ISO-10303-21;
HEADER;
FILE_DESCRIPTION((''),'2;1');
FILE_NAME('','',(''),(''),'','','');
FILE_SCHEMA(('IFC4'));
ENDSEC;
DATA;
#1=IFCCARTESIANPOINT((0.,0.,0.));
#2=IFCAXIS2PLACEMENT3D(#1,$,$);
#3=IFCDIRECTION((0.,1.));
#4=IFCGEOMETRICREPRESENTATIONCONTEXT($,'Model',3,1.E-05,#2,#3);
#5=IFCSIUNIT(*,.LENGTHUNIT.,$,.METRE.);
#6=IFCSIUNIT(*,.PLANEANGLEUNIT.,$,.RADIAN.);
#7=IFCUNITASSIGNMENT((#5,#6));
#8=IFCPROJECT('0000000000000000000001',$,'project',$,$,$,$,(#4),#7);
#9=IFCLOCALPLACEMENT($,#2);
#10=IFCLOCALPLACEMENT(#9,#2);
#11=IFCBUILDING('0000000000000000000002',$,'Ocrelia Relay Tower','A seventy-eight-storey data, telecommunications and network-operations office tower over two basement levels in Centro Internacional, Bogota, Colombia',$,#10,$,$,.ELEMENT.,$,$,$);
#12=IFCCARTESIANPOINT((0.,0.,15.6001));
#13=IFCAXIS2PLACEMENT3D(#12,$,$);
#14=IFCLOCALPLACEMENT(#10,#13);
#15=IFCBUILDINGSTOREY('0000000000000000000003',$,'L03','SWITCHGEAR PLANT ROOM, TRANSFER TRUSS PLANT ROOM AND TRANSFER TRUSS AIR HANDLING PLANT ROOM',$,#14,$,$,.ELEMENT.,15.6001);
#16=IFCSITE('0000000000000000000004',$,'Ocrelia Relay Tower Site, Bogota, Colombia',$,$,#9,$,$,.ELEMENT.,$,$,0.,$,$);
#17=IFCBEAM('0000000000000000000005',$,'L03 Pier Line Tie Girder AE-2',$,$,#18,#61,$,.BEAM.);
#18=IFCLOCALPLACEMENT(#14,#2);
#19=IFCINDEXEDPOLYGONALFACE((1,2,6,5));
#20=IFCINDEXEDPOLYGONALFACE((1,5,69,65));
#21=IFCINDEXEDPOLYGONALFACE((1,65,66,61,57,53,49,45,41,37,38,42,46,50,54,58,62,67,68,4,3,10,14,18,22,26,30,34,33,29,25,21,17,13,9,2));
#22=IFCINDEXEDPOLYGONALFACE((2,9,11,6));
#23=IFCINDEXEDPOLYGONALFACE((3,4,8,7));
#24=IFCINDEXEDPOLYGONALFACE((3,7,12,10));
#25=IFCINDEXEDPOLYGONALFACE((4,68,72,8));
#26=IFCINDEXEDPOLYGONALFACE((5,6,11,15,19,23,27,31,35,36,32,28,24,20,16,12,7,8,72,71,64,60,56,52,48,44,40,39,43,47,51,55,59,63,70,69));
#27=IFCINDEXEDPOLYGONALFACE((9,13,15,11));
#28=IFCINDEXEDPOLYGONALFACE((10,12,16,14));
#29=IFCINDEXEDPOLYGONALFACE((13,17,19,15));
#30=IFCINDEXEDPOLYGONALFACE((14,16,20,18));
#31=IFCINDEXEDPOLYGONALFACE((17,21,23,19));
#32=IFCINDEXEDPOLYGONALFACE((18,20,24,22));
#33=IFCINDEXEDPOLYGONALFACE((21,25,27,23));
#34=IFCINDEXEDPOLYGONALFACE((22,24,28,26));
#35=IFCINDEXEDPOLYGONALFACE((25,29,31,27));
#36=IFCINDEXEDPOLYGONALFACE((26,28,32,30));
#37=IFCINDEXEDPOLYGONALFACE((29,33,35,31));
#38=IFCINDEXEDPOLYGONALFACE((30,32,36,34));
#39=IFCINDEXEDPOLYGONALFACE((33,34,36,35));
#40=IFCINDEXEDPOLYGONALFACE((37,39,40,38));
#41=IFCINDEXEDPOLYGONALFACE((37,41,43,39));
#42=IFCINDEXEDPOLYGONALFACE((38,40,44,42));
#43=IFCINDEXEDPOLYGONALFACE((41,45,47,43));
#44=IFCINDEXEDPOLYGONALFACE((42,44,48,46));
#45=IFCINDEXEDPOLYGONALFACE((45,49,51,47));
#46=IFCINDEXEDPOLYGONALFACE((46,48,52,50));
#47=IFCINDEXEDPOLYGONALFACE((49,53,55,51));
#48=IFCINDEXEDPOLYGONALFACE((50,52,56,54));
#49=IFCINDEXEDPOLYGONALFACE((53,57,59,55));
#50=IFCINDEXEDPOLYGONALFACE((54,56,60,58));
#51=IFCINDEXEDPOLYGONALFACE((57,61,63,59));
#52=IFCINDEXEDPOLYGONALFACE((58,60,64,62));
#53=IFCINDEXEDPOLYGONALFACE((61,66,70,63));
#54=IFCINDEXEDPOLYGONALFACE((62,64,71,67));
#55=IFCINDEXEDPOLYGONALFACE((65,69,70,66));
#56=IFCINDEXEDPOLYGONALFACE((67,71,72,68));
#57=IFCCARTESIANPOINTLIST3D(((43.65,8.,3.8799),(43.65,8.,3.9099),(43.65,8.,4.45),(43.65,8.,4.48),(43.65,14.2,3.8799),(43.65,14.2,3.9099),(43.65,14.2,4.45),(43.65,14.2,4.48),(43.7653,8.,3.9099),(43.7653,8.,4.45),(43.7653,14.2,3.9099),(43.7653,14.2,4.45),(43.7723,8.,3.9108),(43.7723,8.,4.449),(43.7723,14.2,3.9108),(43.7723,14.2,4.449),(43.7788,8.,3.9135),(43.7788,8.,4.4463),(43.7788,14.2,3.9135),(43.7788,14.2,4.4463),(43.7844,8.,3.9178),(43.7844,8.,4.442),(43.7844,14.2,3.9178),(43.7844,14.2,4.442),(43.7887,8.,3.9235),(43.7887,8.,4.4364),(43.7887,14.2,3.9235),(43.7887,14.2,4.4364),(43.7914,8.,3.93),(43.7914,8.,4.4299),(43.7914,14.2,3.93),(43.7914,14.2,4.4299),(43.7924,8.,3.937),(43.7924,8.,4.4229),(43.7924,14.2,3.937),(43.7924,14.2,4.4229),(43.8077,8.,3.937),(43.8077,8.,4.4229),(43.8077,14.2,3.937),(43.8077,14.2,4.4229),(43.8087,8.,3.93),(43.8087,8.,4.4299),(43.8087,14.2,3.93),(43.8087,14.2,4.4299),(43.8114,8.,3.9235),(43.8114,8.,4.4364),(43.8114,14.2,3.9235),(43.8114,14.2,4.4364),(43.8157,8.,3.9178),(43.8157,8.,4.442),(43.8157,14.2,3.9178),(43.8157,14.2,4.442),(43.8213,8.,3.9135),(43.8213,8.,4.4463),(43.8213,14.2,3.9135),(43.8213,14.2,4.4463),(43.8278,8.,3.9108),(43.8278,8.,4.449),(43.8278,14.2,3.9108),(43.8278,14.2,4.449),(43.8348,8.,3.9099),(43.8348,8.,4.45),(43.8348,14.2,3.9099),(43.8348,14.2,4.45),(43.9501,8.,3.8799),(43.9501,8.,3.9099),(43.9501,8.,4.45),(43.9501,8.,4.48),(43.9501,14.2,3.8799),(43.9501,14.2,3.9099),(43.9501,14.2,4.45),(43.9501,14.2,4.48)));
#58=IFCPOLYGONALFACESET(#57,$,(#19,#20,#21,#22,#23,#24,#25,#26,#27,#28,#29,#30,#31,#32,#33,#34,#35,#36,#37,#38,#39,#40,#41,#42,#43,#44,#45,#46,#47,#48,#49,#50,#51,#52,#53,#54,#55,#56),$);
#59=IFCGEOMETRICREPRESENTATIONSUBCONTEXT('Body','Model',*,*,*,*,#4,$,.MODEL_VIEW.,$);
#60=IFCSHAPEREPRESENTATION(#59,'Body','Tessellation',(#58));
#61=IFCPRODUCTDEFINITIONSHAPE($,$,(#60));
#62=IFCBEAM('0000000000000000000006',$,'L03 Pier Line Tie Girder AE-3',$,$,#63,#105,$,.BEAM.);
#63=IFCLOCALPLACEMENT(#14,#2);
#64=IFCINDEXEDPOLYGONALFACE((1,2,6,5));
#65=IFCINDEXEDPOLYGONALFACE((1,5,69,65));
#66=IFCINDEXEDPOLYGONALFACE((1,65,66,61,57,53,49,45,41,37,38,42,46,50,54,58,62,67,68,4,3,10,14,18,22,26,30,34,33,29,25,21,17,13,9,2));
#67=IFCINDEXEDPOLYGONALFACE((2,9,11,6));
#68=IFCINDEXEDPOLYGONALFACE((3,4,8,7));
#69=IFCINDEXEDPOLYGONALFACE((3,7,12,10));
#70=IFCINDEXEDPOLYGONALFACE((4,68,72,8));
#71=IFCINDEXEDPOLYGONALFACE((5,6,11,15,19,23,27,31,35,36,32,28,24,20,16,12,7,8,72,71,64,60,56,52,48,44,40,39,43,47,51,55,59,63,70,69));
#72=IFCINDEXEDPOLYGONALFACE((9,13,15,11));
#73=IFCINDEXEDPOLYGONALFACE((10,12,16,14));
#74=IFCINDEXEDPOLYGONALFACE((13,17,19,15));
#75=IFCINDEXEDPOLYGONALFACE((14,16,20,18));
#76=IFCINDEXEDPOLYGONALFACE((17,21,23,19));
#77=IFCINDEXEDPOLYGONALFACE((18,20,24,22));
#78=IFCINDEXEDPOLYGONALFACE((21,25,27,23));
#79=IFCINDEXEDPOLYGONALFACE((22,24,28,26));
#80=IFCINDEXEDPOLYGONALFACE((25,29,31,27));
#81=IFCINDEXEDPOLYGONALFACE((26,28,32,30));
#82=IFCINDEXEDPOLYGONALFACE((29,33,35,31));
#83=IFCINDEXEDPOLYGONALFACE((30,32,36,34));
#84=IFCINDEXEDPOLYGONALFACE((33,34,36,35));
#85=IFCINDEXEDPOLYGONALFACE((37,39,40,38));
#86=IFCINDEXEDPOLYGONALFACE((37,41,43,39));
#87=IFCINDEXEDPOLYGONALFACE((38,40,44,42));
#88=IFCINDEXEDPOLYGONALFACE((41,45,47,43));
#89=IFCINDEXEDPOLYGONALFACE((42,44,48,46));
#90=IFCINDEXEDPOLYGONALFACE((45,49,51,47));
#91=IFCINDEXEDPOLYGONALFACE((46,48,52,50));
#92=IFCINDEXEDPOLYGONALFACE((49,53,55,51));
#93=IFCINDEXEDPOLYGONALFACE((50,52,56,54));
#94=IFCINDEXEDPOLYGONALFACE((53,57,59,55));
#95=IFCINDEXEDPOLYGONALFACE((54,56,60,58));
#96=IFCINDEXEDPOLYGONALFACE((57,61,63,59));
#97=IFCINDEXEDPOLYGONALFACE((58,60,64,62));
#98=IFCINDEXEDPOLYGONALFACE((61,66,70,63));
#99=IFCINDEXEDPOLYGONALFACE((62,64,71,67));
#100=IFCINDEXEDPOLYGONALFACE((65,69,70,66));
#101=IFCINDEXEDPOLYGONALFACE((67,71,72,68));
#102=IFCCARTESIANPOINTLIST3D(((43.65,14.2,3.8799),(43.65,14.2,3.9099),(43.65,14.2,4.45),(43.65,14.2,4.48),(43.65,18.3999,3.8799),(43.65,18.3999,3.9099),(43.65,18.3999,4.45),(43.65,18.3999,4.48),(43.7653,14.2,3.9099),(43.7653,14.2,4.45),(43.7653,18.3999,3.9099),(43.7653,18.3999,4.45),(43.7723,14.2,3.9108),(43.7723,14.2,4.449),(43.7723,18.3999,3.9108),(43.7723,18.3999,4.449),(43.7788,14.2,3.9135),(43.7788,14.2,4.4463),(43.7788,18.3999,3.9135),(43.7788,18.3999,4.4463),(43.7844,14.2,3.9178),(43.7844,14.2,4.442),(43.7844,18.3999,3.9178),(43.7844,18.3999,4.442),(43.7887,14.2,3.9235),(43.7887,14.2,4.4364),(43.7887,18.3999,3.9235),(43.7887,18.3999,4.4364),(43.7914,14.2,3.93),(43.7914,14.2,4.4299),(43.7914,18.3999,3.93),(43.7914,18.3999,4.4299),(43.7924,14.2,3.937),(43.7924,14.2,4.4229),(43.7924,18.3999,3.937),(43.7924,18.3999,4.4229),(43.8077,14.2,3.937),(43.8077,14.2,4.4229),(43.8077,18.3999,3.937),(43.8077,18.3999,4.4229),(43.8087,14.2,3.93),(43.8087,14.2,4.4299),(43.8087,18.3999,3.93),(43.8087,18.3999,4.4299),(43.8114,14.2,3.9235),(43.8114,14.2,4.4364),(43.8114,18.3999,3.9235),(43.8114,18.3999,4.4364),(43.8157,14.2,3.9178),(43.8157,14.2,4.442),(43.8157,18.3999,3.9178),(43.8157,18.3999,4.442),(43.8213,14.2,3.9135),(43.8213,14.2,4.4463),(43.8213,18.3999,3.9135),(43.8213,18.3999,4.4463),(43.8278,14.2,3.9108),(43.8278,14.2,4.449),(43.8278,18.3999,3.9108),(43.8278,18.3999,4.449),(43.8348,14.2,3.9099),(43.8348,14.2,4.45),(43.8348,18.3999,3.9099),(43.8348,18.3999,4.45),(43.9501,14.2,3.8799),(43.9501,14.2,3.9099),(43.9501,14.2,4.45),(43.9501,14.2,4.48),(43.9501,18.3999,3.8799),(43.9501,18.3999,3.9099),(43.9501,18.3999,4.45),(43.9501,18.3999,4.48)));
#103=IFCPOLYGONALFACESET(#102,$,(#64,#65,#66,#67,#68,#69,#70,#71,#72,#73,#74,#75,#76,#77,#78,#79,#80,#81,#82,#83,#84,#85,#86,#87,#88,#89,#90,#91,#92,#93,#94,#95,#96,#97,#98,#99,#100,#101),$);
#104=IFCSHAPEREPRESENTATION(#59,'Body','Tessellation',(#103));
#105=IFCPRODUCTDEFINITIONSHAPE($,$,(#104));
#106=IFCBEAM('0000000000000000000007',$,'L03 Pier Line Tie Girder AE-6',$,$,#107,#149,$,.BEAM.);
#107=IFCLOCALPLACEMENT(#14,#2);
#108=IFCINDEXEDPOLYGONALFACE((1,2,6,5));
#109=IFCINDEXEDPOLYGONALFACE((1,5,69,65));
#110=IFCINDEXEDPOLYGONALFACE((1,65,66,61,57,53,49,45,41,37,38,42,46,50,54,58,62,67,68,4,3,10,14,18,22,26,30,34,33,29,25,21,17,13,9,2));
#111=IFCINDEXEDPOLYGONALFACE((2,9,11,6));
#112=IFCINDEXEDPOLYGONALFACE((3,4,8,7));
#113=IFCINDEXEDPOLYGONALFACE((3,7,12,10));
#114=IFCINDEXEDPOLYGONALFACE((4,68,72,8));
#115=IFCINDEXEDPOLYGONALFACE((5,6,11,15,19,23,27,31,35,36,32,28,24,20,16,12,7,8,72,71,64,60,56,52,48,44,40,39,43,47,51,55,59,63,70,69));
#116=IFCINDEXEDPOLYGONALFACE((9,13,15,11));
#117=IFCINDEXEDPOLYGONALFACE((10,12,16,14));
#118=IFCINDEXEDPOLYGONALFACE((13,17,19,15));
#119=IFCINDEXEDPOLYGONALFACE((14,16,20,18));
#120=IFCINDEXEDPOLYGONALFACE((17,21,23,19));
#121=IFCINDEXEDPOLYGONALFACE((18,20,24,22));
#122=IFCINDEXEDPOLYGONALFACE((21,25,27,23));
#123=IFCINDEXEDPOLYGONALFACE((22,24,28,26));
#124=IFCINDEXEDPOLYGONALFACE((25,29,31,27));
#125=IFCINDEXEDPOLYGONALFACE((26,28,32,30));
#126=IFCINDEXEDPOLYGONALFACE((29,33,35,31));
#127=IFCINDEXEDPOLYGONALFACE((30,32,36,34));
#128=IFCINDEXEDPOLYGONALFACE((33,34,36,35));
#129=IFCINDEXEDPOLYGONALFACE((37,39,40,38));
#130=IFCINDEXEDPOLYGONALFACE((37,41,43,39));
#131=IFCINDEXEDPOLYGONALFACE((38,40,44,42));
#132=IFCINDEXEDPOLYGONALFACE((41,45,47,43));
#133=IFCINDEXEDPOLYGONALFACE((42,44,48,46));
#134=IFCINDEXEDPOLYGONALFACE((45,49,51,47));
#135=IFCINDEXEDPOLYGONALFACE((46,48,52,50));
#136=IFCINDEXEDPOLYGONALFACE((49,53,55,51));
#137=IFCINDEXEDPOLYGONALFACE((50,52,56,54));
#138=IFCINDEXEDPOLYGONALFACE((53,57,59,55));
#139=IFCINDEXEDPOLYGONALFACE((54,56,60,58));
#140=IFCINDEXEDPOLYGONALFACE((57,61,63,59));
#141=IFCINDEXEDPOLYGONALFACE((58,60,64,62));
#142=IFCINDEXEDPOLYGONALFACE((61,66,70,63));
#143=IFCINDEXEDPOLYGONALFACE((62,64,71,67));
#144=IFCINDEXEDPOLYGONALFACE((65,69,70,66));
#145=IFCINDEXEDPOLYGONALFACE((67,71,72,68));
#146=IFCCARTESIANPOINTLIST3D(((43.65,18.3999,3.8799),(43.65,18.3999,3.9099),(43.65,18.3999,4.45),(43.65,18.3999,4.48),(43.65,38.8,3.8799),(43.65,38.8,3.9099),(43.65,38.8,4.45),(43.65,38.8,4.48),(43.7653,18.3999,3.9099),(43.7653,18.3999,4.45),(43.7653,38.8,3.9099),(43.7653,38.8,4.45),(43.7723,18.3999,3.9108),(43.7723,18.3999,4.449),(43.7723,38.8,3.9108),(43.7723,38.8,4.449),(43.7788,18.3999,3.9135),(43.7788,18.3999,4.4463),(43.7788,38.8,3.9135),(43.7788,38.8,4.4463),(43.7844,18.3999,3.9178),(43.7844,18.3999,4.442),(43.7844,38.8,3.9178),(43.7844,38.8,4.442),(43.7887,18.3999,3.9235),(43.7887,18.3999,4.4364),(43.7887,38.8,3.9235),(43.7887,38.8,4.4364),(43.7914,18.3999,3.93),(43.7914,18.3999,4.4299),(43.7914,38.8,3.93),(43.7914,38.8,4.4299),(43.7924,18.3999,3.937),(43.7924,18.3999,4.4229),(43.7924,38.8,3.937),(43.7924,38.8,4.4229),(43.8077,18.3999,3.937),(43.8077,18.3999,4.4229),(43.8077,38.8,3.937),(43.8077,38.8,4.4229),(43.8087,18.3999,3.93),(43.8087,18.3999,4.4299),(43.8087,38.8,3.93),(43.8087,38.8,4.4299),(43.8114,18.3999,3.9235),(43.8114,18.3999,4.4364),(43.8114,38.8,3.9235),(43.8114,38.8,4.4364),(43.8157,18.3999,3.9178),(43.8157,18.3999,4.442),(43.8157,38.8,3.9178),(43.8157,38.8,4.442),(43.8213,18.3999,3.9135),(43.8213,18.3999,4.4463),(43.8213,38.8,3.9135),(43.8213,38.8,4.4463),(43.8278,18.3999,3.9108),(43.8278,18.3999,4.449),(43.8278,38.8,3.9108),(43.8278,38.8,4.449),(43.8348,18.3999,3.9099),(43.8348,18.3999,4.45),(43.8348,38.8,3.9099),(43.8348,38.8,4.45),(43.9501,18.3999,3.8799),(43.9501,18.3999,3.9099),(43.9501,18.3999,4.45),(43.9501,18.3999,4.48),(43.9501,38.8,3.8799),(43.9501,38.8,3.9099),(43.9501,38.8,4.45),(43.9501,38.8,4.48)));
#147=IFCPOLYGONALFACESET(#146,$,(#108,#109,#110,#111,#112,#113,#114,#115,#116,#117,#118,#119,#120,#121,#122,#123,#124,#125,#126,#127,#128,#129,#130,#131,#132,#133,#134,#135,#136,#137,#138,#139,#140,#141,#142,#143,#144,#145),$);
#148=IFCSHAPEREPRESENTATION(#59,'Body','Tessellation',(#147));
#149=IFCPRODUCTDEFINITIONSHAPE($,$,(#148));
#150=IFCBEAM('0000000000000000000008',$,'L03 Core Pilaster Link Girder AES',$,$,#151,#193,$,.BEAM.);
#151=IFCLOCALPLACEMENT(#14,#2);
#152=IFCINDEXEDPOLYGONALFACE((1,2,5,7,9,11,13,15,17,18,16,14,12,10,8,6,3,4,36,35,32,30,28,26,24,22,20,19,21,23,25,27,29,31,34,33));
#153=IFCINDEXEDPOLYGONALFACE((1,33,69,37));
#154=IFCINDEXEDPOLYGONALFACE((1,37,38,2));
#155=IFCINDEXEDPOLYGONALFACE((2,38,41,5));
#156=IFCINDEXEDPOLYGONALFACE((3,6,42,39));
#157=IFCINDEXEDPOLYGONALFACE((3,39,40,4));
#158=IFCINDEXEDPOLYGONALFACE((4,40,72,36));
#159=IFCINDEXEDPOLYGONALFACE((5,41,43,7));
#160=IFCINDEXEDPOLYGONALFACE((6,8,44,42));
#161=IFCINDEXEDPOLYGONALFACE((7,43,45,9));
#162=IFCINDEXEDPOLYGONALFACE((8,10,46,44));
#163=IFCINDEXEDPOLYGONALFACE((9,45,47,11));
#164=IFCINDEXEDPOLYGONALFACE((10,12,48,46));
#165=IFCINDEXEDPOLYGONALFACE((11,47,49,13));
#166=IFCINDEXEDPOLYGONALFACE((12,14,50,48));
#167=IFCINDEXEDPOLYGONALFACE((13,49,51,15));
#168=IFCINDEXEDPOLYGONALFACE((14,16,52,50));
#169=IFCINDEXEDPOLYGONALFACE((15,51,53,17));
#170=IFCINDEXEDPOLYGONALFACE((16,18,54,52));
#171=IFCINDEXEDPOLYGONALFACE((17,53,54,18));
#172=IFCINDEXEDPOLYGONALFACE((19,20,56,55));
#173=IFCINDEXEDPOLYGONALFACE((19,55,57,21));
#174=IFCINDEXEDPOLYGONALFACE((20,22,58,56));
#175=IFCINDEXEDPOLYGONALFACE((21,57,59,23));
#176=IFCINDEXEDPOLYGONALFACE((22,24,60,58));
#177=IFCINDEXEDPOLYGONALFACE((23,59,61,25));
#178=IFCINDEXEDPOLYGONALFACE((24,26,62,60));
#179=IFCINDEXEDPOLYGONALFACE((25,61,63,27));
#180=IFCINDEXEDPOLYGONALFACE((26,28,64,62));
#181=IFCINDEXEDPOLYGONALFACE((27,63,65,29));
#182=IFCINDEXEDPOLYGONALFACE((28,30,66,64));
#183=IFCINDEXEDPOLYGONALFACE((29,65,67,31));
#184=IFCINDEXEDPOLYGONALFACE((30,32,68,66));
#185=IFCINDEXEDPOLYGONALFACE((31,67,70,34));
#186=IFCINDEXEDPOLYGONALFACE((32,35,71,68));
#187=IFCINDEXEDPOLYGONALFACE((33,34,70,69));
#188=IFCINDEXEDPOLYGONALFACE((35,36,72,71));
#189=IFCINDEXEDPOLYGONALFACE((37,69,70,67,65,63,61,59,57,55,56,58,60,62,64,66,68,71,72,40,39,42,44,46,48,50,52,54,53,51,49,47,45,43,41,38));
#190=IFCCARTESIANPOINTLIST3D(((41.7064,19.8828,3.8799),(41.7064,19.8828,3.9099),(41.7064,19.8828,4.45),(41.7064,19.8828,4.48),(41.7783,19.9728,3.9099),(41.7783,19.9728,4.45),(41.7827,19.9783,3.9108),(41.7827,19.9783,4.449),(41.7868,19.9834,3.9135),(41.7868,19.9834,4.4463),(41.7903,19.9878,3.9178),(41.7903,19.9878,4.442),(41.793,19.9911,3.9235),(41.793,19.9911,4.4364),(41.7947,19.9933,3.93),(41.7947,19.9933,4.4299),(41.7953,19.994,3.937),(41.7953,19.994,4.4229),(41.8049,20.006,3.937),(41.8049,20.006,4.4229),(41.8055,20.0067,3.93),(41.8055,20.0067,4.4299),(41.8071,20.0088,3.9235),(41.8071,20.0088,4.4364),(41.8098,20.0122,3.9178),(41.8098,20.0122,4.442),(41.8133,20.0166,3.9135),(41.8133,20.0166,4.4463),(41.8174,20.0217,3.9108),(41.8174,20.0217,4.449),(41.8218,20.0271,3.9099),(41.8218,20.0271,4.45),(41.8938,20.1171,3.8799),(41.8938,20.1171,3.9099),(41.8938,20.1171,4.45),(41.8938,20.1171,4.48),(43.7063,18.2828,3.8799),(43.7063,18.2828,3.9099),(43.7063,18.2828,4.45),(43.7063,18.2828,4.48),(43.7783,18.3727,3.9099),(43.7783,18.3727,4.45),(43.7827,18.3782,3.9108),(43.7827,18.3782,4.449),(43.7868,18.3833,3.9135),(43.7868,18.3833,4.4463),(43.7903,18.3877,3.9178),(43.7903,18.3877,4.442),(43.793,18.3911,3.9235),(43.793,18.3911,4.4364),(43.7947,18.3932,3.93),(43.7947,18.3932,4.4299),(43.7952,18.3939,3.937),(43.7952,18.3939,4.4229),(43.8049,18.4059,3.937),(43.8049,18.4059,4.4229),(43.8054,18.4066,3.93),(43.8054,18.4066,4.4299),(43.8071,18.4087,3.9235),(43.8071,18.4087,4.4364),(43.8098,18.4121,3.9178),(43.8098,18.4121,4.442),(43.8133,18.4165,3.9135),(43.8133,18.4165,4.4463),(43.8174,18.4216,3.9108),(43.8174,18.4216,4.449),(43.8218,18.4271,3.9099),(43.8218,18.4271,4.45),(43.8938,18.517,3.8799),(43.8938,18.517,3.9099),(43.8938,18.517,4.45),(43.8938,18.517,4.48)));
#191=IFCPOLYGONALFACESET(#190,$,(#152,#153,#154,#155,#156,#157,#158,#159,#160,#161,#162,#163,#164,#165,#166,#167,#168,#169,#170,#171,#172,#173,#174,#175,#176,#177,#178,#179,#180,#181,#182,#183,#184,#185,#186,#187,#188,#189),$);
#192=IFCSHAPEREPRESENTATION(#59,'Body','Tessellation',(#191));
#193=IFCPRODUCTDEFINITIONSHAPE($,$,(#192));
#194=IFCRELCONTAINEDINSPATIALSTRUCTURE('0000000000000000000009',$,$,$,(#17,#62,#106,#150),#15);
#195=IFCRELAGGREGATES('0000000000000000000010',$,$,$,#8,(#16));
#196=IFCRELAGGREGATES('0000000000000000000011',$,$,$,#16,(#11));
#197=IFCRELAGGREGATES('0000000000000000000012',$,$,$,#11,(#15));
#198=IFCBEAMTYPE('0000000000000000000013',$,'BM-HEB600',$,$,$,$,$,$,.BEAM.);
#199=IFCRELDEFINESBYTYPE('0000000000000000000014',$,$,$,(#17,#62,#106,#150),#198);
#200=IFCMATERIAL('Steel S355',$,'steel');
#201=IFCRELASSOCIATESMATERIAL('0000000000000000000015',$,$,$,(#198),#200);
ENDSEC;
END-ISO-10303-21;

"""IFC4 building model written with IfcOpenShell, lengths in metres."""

from ifc_helpers import new_model, si_unit, direction, frame, origin, origin_2d, place, context, subcontext, project, spatial, i_section, extrude, material, material_profile, profile_set, type_object, element, save


model = new_model("IFC4")

# Units and contexts
model_context = context("Model", 3, precision=1e-05, world=origin(), true_north=direction((0.0, 1.0)))
body_context = subcontext(model_context, "Body", "Model", "MODEL_VIEW")
ifc_project = project(units=[si_unit("LENGTHUNIT", "METRE"), si_unit("PLANEANGLEUNIT", "RADIAN")], contexts=[model_context])

# Site, building, storey
site_placement = place(None, origin())
site = spatial("IfcSite", under=ifc_project, at=site_placement, Name="Ocrelia Relay Tower Site, Bogota, Colombia", CompositionType="ELEMENT", RefElevation=0.0)
building_placement = place(site_placement, origin())
building = spatial("IfcBuilding", under=site, at=building_placement, Name="Ocrelia Relay Tower", Description="A seventy-eight-storey data, telecommunications and network-operations office tower over two basement levels in Centro Internacional, Bogota, Colombia", CompositionType="ELEMENT")
storey_placement = place(building_placement, frame((0.0, 0.0, 15.6001)))
storey = spatial("IfcBuildingStorey", under=building, at=storey_placement, Name="L03", Description="SWITCHGEAR PLANT ROOM, TRANSFER TRUSS PLANT ROOM AND TRANSFER TRUSS AIR HANDLING PLANT ROOM", CompositionType="ELEMENT", Elevation=15.6001)

# Beams
ifc_material_1 = material(Name="Steel S355", Category="steel")
ifc_material_profile_1 = material_profile(ifc_material_1, i_section(OverallWidth=0.3, OverallDepth=0.6001, WebThickness=0.0154, FlangeThickness=0.03, FilletRadius=0.0271, at=origin_2d()), Name="HEB 600")
ifc_profile_set_1 = profile_set([ifc_material_profile_1], Name="Steel S355")
beam_type_1 = type_object("IfcBeamType", Name="BM-HEB600", PredefinedType="BEAM", material=ifc_profile_set_1)
beam_1_placement = place(storey_placement, frame((43.8, 8.0, 4.1799), z_axis=(0.0, 1.0, 0.0), x_axis=(-1.0, 0.0, 0.0)))
element("IfcBeam", 1, at=beam_1_placement, inside=storey, type_object=beam_type_1, Name="L03 Pier Line Tie Girder AE-2", PredefinedType="BEAM", context=body_context, shape_type="SweptSolid", body=[
    extrude(i_section(OverallWidth=0.3, OverallDepth=0.6001, WebThickness=0.0154, FlangeThickness=0.03, FilletRadius=0.0271, at=origin_2d()), origin(), (0.0, 0.0, 1.0), 6.2),
])
beam_2_placement = place(storey_placement, frame((43.8, 14.2, 4.1799), z_axis=(0.0, 1.0, 0.0), x_axis=(-1.0, 0.0, 0.0)))
element("IfcBeam", 2, at=beam_2_placement, inside=storey, type_object=beam_type_1, Name="L03 Pier Line Tie Girder AE-3", PredefinedType="BEAM", context=body_context, shape_type="SweptSolid", body=[
    extrude(i_section(OverallWidth=0.3, OverallDepth=0.6001, WebThickness=0.0154, FlangeThickness=0.03, FilletRadius=0.0271, at=origin_2d()), origin(), (0.0, 0.0, 1.0), 4.2),
])
beam_3_placement = place(storey_placement, frame((43.8, 18.3999, 4.1799), z_axis=(0.0, 1.0, 0.0), x_axis=(-1.0, 0.0, 0.0)))
element("IfcBeam", 3, at=beam_3_placement, inside=storey, type_object=beam_type_1, Name="L03 Pier Line Tie Girder AE-6", PredefinedType="BEAM", context=body_context, shape_type="SweptSolid", body=[
    extrude(i_section(OverallWidth=0.3, OverallDepth=0.6001, WebThickness=0.0154, FlangeThickness=0.03, FilletRadius=0.0271, at=origin_2d()), origin(), (0.0, 0.0, 1.0), 20.4001),
])
beam_4_placement = place(storey_placement, frame((43.8, 18.3999, 4.1799), z_axis=(-0.78085, 0.624718, 0.0), x_axis=(-0.624718, -0.78085, 0.0)))
element("IfcBeam", 4, at=beam_4_placement, inside=storey, type_object=beam_type_1, Name="L03 Core Pilaster Link Girder AES", PredefinedType="BEAM", context=body_context, shape_type="SweptSolid", body=[
    extrude(i_section(OverallWidth=0.3, OverallDepth=0.6001, WebThickness=0.0154, FlangeThickness=0.03, FilletRadius=0.0271, at=origin_2d()), origin(), (0.0, 0.0, 1.0), 2.5613),
])

save(model, "model.ifc")
